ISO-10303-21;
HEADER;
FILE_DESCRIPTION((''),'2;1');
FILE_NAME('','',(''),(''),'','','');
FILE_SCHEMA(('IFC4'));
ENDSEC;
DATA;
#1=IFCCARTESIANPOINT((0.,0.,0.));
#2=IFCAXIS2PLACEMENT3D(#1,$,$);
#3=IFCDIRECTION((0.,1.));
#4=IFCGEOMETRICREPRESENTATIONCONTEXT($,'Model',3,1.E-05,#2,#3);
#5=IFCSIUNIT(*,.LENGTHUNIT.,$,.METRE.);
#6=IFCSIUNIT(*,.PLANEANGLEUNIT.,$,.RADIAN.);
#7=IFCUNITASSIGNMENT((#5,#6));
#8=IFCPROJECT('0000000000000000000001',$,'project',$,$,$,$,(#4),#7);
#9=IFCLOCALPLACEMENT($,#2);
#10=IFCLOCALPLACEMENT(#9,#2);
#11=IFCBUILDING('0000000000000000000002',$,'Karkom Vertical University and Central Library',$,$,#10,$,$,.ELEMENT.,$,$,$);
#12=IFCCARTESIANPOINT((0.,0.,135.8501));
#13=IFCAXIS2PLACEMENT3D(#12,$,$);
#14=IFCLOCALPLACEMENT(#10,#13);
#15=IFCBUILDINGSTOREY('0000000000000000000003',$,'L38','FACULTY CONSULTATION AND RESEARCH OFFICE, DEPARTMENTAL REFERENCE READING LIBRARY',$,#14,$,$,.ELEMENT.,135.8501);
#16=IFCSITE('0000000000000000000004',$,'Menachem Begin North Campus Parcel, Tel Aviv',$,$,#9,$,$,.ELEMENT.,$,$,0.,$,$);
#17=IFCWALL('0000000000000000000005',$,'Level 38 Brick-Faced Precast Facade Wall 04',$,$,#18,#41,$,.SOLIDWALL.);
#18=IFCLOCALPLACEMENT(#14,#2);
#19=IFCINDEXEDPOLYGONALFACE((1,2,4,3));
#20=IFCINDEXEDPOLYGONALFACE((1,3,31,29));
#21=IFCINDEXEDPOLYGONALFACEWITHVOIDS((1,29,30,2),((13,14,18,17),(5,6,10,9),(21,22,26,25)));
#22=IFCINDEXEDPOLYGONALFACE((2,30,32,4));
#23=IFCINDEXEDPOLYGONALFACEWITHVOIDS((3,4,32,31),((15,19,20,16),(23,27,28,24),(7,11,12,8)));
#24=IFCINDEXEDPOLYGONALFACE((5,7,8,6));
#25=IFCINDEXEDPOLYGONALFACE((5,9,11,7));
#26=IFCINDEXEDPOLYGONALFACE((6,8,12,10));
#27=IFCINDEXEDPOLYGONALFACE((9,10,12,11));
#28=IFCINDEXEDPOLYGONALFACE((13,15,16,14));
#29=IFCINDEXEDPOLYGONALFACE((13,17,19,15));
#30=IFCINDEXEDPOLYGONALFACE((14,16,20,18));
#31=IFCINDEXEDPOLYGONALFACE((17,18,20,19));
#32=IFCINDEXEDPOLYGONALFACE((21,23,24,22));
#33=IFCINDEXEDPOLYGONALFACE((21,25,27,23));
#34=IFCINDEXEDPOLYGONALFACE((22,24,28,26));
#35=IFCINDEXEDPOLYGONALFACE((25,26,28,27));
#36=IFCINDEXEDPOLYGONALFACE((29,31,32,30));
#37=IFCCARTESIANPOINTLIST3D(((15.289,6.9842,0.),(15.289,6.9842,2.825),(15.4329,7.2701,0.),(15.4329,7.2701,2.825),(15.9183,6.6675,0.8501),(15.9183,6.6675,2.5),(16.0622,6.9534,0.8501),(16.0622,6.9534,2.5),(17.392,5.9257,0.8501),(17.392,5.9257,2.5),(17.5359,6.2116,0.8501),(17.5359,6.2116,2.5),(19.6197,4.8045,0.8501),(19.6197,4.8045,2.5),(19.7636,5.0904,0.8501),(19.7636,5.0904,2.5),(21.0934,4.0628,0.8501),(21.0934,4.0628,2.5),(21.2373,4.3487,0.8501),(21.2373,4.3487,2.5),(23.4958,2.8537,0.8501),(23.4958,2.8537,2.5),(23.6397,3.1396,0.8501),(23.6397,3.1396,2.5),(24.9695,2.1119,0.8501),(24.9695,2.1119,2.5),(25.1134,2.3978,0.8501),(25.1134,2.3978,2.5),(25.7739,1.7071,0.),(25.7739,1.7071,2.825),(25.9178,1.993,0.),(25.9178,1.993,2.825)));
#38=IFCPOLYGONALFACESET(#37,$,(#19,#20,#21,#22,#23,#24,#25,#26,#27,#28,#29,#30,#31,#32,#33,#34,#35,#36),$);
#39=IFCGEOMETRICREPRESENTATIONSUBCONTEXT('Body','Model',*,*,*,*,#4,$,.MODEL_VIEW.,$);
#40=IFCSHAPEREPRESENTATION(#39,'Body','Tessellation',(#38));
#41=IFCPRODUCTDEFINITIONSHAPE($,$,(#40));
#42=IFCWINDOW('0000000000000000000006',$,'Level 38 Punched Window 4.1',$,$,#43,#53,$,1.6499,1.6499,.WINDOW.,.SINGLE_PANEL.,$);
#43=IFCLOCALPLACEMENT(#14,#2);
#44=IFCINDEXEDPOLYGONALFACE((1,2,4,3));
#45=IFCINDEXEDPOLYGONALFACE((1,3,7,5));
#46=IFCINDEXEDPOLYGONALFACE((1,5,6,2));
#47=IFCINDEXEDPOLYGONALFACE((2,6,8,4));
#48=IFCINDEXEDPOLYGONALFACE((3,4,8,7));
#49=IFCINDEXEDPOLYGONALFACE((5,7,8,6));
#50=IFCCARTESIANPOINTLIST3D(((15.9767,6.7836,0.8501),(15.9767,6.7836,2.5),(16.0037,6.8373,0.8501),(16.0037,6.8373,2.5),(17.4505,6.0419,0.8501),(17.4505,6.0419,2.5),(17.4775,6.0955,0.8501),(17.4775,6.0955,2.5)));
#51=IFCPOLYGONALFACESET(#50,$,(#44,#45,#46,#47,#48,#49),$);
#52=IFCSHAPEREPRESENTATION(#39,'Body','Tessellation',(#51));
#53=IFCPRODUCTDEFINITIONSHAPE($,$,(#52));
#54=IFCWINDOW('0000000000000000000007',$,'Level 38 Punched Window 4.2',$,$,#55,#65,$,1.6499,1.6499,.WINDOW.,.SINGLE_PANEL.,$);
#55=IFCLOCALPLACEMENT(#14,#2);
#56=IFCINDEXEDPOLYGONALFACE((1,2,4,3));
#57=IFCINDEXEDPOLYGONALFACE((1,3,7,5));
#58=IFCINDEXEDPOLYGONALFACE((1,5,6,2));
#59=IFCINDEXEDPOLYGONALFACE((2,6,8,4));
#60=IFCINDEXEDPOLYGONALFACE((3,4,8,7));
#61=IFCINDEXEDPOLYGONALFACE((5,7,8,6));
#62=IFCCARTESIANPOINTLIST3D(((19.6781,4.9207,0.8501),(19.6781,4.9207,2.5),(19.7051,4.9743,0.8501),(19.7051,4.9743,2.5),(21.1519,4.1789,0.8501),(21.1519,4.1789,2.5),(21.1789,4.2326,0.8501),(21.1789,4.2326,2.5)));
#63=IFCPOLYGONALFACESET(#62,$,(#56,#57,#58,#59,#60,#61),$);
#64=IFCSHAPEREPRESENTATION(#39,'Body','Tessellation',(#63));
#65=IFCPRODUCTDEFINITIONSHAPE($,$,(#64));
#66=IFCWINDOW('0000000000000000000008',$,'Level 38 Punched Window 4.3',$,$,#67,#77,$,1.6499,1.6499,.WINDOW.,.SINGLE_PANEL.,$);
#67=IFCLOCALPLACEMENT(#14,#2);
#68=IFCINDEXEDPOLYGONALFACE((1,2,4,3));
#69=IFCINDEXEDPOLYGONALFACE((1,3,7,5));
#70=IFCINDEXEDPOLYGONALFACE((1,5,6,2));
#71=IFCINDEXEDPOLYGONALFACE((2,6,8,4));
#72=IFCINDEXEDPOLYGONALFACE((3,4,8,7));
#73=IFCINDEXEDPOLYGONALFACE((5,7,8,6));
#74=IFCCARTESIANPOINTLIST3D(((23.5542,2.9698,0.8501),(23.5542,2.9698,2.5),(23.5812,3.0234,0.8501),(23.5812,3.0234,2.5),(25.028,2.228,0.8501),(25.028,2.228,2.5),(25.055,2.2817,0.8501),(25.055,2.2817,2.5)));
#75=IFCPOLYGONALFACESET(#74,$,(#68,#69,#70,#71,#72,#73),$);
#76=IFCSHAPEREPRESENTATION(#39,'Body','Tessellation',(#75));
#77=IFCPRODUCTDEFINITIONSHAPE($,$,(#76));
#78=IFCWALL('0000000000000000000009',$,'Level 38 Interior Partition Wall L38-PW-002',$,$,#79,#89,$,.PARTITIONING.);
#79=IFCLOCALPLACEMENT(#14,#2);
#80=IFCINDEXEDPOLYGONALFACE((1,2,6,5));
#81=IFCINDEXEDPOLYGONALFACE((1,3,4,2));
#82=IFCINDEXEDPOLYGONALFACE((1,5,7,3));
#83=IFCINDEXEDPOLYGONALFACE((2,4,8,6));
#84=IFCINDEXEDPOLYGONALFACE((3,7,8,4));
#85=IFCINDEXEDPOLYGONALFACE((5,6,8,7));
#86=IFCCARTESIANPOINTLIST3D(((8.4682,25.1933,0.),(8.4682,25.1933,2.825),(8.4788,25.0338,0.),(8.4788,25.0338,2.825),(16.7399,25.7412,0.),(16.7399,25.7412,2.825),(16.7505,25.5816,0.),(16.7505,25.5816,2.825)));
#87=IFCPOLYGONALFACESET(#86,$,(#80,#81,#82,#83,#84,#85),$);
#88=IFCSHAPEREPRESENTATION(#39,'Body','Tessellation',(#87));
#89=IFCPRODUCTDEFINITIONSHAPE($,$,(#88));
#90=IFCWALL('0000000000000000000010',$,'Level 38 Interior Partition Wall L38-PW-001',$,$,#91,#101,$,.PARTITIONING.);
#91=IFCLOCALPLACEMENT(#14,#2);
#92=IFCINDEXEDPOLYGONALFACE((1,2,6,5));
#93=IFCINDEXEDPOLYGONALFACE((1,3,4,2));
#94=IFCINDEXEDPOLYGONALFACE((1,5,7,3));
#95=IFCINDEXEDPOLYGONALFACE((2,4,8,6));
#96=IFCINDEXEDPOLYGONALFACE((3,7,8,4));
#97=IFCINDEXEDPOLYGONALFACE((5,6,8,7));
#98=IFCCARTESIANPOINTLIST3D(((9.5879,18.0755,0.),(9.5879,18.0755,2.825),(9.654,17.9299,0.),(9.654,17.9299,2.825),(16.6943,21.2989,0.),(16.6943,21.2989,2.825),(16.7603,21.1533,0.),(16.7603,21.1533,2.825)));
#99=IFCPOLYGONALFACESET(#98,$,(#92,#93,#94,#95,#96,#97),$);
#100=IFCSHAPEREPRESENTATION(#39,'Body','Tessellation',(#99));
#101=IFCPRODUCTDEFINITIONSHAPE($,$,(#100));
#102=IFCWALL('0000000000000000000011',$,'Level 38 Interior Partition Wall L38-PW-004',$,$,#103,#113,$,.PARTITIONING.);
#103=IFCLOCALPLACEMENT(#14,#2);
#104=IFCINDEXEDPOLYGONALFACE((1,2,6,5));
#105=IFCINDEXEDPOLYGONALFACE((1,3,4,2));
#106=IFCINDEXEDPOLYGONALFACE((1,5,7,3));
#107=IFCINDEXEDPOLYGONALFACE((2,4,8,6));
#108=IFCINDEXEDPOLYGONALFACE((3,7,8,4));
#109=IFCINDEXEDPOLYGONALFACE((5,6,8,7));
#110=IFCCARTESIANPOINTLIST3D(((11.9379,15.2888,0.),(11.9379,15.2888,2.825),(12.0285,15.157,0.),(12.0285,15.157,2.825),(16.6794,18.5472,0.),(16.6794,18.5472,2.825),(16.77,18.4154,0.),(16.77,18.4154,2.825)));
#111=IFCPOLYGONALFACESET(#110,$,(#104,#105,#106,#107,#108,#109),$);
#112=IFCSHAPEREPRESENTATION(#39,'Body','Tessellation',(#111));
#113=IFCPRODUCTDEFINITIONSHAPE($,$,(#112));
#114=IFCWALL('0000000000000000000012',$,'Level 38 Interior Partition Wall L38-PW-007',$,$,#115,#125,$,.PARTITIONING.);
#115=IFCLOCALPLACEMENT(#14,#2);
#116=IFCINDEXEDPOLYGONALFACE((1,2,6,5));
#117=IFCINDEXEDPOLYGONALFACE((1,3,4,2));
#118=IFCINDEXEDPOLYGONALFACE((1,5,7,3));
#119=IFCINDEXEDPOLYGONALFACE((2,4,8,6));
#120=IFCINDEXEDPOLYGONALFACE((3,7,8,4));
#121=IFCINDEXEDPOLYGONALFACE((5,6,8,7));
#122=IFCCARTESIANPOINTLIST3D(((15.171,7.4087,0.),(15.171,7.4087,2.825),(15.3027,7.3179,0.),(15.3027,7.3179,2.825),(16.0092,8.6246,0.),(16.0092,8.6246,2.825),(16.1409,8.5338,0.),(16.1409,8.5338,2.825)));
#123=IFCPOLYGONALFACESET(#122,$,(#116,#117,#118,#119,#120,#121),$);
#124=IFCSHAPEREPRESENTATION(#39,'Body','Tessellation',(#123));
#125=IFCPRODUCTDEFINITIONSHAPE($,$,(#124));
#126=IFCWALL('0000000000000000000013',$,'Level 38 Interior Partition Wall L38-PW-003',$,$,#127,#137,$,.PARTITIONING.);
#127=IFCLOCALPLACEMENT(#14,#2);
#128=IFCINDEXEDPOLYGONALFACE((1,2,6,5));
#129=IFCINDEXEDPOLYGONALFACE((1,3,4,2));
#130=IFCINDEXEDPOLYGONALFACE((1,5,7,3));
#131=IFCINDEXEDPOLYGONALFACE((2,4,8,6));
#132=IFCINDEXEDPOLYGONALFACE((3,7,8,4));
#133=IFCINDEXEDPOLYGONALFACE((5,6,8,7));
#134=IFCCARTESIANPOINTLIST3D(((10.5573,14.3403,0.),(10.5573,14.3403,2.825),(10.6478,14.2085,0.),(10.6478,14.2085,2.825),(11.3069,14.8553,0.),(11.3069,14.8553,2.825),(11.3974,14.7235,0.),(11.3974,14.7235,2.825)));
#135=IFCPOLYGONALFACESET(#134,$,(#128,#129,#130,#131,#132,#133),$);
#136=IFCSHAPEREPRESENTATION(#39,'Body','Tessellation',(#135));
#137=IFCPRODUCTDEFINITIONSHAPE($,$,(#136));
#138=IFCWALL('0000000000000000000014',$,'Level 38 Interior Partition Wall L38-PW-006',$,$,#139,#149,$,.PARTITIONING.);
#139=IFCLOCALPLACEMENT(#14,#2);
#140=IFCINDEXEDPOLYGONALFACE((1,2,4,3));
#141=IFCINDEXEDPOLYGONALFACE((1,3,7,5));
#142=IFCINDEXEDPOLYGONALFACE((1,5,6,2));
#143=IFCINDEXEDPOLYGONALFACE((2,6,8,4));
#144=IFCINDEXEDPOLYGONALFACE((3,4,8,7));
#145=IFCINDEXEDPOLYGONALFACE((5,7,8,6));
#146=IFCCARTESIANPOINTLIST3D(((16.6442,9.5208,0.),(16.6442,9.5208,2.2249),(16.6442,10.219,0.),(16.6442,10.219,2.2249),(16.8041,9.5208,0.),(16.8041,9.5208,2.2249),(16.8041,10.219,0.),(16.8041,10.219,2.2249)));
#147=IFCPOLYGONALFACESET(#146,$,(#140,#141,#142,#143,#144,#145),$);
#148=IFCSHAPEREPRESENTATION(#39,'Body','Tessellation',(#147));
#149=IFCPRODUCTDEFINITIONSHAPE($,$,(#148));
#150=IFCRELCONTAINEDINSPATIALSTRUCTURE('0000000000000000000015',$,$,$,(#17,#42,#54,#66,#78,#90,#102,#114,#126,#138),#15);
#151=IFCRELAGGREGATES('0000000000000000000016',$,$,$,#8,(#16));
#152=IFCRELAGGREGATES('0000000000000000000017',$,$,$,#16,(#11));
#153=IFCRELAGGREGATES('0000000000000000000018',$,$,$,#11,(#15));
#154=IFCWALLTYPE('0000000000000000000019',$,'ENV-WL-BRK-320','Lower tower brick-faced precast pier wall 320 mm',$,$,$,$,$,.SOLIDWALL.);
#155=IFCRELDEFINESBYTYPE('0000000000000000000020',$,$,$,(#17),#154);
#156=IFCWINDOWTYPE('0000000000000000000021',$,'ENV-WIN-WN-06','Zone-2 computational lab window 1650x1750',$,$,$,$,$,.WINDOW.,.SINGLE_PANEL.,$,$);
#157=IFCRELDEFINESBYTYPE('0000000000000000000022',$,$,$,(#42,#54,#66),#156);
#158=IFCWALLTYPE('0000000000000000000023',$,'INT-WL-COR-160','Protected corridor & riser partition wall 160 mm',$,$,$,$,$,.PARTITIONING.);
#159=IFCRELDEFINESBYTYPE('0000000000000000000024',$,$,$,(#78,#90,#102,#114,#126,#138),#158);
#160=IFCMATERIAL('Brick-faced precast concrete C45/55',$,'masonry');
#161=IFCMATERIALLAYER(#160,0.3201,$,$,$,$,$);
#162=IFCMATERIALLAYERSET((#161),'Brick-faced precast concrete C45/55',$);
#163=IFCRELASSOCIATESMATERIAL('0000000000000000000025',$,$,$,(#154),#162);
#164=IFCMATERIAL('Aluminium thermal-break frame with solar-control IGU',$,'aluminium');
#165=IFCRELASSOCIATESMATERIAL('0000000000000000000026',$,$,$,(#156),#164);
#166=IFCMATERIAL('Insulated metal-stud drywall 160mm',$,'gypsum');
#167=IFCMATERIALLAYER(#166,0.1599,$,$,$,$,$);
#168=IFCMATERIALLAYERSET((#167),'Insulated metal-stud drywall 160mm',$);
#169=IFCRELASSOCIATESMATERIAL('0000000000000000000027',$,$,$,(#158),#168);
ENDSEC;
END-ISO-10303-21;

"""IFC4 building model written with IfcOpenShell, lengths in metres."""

from ifc_helpers import new_model, si_unit, direction, frame, frame_2d, origin, origin_with_axes, place, context, subcontext, project, spatial, rectangle, extrude, source, transform, mapped, material, layer, layer_set, type_object, element, fill, save


model = new_model("IFC4")

# Units and contexts
model_context = context("Model", 3, precision=1e-05, world=origin(), true_north=direction((0.0, 1.0)))
body_context = subcontext(model_context, "Body", "Model", "MODEL_VIEW")
ifc_project = project(units=[si_unit("LENGTHUNIT", "METRE"), si_unit("PLANEANGLEUNIT", "RADIAN")], contexts=[model_context])

# Site, building, storey
site_placement = place(None, origin())
site = spatial("IfcSite", under=ifc_project, at=site_placement, Name="Menachem Begin North Campus Parcel, Tel Aviv", CompositionType="ELEMENT", RefElevation=0.0)
building_placement = place(site_placement, origin())
building = spatial("IfcBuilding", under=site, at=building_placement, Name="Karkom Vertical University and Central Library", CompositionType="ELEMENT")
storey_placement = place(building_placement, frame((0.0, 0.0, 135.8501)))
storey = spatial("IfcBuildingStorey", under=building, at=storey_placement, Name="L38", Description="FACULTY CONSULTATION AND RESEARCH OFFICE, DEPARTMENTAL REFERENCE READING LIBRARY", CompositionType="ELEMENT", Elevation=135.8501)

# Wall, openings, windows
ifc_material_1 = material(Name="Brick-faced precast concrete C45/55", Category="masonry")
ifc_layer_1 = layer(ifc_material_1, 0.3201)
ifc_layer_set_1 = layer_set([ifc_layer_1], Name="Brick-faced precast concrete C45/55")
wall_type_1 = type_object("IfcWallType", Name="ENV-WL-BRK-320", Description="Lower tower brick-faced precast pier wall 320 mm", PredefinedType="SOLIDWALL", material=ifc_layer_set_1)
ifc_material_2 = material(Name="Aluminium thermal-break frame with solar-control IGU", Category="aluminium")
window_type = type_object("IfcWindowType", Name="ENV-WIN-WN-06", Description="Zone-2 computational lab window 1650x1750", PartitioningType="SINGLE_PANEL", PredefinedType="WINDOW", material=ifc_material_2)
shared_shape_1 = source(origin_with_axes(), body_context, "Body", "SweptSolid", [
    extrude(rectangle(XDim=1.6499, YDim=1.6499, at=frame_2d((0.825, 0.825))), frame((0.0, 0.03, 0.0), z_axis=(0.0, -1.0, 0.0), x_axis=(1.0, 0.0, 0.0)), (0.0, 0.0, 1.0), 0.0601),
])
wall_1_placement = place(storey_placement, frame((15.3608, 7.1272, 0.0), z_axis=(0.0, 0.0, 1.0), x_axis=(0.893243, -0.449575, 0.0)))
wall_1 = element("IfcWall", 1, at=wall_1_placement, inside=storey, type_object=wall_type_1, Name="Level 38 Brick-Faced Precast Facade Wall 04", PredefinedType="SOLIDWALL", context=body_context, shape_type="SweptSolid", body=[
    extrude(rectangle(XDim=11.738, YDim=0.3201, at=frame_2d((5.8691, 0.0))), origin(), (0.0, 0.0, 1.0), 2.825),
])
opening_1_placement = place(wall_1_placement, frame((0.7046, 0.0, 0.8501)))
opening_1 = element("IfcOpeningElement", 2, at=opening_1_placement, cuts=wall_1, PredefinedType="OPENING", context=body_context, shape_type="SweptSolid", body=[
    extrude(rectangle(XDim=1.6499, YDim=1.6499, at=frame_2d((0.825, 0.825))), frame((0.0, 0.1699, 0.0), z_axis=(0.0, -1.0, 0.0), x_axis=(1.0, 0.0, 0.0)), (0.0, 0.0, 1.0), 0.3401),
])
opening_2_placement = place(wall_1_placement, frame((4.8484, 0.0, 0.8501)))
opening_2 = element("IfcOpeningElement", 3, at=opening_2_placement, cuts=wall_1, PredefinedType="OPENING", context=body_context, shape_type="SweptSolid", body=[
    extrude(rectangle(XDim=1.6499, YDim=1.6499, at=frame_2d((0.825, 0.825))), frame((0.0, 0.1699, 0.0), z_axis=(0.0, -1.0, 0.0), x_axis=(1.0, 0.0, 0.0)), (0.0, 0.0, 1.0), 0.3401),
])
opening_3_placement = place(wall_1_placement, frame((9.1877, 0.0, 0.8501)))
opening_3 = element("IfcOpeningElement", 4, at=opening_3_placement, cuts=wall_1, PredefinedType="OPENING", context=body_context, shape_type="SweptSolid", body=[
    extrude(rectangle(XDim=1.6499, YDim=1.6499, at=frame_2d((0.825, 0.825))), frame((0.0, 0.1699, 0.0), z_axis=(0.0, -1.0, 0.0), x_axis=(1.0, 0.0, 0.0)), (0.0, 0.0, 1.0), 0.3401),
])
window_1_placement = place(opening_1_placement, origin())
window_1 = element("IfcWindow", 5, at=window_1_placement, inside=storey, type_object=window_type, Name="Level 38 Punched Window 4.1", OverallHeight=1.6499, OverallWidth=1.6499, PartitioningType="SINGLE_PANEL", PredefinedType="WINDOW", context=body_context, shape_type="MappedRepresentation", body=[
    mapped(shared_shape_1, transform((0.0, 0.0, 0.0), scale=1.0)),
])
fill(opening_1, window_1)
window_2_placement = place(opening_2_placement, origin())
window_2 = element("IfcWindow", 6, at=window_2_placement, inside=storey, type_object=window_type, Name="Level 38 Punched Window 4.2", OverallHeight=1.6499, OverallWidth=1.6499, PartitioningType="SINGLE_PANEL", PredefinedType="WINDOW", context=body_context, shape_type="MappedRepresentation", body=[
    mapped(shared_shape_1, transform((0.0, 0.0, 0.0), scale=1.0)),
])
fill(opening_2, window_2)
window_3_placement = place(opening_3_placement, origin())
window_3 = element("IfcWindow", 7, at=window_3_placement, inside=storey, type_object=window_type, Name="Level 38 Punched Window 4.3", OverallHeight=1.6499, OverallWidth=1.6499, PartitioningType="SINGLE_PANEL", PredefinedType="WINDOW", context=body_context, shape_type="MappedRepresentation", body=[
    mapped(shared_shape_1, transform((0.0, 0.0, 0.0), scale=1.0)),
])
fill(opening_3, window_3)

# Shared definitions
ifc_material_3 = material(Name="Insulated metal-stud drywall 160mm", Category="gypsum")
ifc_layer_2 = layer(ifc_material_3, 0.1599)
ifc_layer_set_2 = layer_set([ifc_layer_2], Name="Insulated metal-stud drywall 160mm")
wall_type_2 = type_object("IfcWallType", Name="INT-WL-COR-160", Description="Protected corridor & riser partition wall 160 mm", PredefinedType="PARTITIONING", material=ifc_layer_set_2)

# Walls
wall_2_placement = place(storey_placement, frame((8.4734, 25.1135, 0.0), z_axis=(0.0, 0.0, 1.0), x_axis=(0.997814, 0.066087, 0.0)))
element("IfcWall", 8, at=wall_2_placement, inside=storey, type_object=wall_type_2, Name="Level 38 Interior Partition Wall L38-PW-002", PredefinedType="PARTITIONING", context=body_context, shape_type="SweptSolid", body=[
    extrude(rectangle(XDim=8.2898, YDim=0.1599, at=frame_2d((4.145, 0.0))), origin(), (0.0, 0.0, 1.0), 2.825),
])
wall_3_placement = place(storey_placement, frame((16.7273, 21.2261, 0.0), z_axis=(0.0, 0.0, 1.0), x_axis=(-0.910695, -0.413079, 0.0)))
element("IfcWall", 9, at=wall_3_placement, inside=storey, type_object=wall_type_2, Name="Level 38 Interior Partition Wall L38-PW-001", PredefinedType="PARTITIONING", context=body_context, shape_type="SweptSolid", body=[
    extrude(rectangle(XDim=7.8032, YDim=0.1599, at=frame_2d((3.9016, 0.0))), origin(), (0.0, 0.0, 1.0), 2.825),
])
wall_4_placement = place(storey_placement, frame((16.7246, 18.4812, 0.0), z_axis=(0.0, 0.0, 1.0), x_axis=(-0.82416, -0.566358, 0.0)))
element("IfcWall", 10, at=wall_4_placement, inside=storey, type_object=wall_type_2, Name="Level 38 Interior Partition Wall L38-PW-004", PredefinedType="PARTITIONING", context=body_context, shape_type="SweptSolid", body=[
    extrude(rectangle(XDim=5.7532, YDim=0.1599, at=frame_2d((2.8765, 0.0))), origin(), (0.0, 0.0, 1.0), 2.825),
])
wall_5_placement = place(storey_placement, frame((16.075, 8.5791, 0.0), z_axis=(0.0, 0.0, 1.0), x_axis=(-0.567567, -0.823327, 0.0)))
element("IfcWall", 11, at=wall_5_placement, inside=storey, type_object=wall_type_2, Name="Level 38 Interior Partition Wall L38-PW-007", PredefinedType="PARTITIONING", context=body_context, shape_type="SweptSolid", body=[
    extrude(rectangle(XDim=1.4768, YDim=0.1599, at=frame_2d((0.7383, 0.0))), origin(), (0.0, 0.0, 1.0), 2.825),
])
wall_6_placement = place(storey_placement, frame((11.3521, 14.7893, 0.0), z_axis=(0.0, 0.0, 1.0), x_axis=(-0.824246, -0.566233, 0.0)))
element("IfcWall", 12, at=wall_6_placement, inside=storey, type_object=wall_type_2, Name="Level 38 Interior Partition Wall L38-PW-003", PredefinedType="PARTITIONING", context=body_context, shape_type="SweptSolid", body=[
    extrude(rectangle(XDim=0.9094, YDim=0.1599, at=frame_2d((0.4546, 0.0))), origin(), (0.0, 0.0, 1.0), 2.825),
])
wall_7_placement = place(storey_placement, frame((16.7241, 9.5208, 0.0), z_axis=(0.0, 0.0, 1.0), x_axis=(0.0, 1.0, 0.0)))
element("IfcWall", 13, at=wall_7_placement, inside=storey, type_object=wall_type_2, Name="Level 38 Interior Partition Wall L38-PW-006", PredefinedType="PARTITIONING", context=body_context, shape_type="SweptSolid", body=[
    extrude(rectangle(XDim=0.6982, YDim=0.1599, at=frame_2d((0.3491, 0.0))), origin(), (0.0, 0.0, 1.0), 2.2249),
])

save(model, "model.ifc")
